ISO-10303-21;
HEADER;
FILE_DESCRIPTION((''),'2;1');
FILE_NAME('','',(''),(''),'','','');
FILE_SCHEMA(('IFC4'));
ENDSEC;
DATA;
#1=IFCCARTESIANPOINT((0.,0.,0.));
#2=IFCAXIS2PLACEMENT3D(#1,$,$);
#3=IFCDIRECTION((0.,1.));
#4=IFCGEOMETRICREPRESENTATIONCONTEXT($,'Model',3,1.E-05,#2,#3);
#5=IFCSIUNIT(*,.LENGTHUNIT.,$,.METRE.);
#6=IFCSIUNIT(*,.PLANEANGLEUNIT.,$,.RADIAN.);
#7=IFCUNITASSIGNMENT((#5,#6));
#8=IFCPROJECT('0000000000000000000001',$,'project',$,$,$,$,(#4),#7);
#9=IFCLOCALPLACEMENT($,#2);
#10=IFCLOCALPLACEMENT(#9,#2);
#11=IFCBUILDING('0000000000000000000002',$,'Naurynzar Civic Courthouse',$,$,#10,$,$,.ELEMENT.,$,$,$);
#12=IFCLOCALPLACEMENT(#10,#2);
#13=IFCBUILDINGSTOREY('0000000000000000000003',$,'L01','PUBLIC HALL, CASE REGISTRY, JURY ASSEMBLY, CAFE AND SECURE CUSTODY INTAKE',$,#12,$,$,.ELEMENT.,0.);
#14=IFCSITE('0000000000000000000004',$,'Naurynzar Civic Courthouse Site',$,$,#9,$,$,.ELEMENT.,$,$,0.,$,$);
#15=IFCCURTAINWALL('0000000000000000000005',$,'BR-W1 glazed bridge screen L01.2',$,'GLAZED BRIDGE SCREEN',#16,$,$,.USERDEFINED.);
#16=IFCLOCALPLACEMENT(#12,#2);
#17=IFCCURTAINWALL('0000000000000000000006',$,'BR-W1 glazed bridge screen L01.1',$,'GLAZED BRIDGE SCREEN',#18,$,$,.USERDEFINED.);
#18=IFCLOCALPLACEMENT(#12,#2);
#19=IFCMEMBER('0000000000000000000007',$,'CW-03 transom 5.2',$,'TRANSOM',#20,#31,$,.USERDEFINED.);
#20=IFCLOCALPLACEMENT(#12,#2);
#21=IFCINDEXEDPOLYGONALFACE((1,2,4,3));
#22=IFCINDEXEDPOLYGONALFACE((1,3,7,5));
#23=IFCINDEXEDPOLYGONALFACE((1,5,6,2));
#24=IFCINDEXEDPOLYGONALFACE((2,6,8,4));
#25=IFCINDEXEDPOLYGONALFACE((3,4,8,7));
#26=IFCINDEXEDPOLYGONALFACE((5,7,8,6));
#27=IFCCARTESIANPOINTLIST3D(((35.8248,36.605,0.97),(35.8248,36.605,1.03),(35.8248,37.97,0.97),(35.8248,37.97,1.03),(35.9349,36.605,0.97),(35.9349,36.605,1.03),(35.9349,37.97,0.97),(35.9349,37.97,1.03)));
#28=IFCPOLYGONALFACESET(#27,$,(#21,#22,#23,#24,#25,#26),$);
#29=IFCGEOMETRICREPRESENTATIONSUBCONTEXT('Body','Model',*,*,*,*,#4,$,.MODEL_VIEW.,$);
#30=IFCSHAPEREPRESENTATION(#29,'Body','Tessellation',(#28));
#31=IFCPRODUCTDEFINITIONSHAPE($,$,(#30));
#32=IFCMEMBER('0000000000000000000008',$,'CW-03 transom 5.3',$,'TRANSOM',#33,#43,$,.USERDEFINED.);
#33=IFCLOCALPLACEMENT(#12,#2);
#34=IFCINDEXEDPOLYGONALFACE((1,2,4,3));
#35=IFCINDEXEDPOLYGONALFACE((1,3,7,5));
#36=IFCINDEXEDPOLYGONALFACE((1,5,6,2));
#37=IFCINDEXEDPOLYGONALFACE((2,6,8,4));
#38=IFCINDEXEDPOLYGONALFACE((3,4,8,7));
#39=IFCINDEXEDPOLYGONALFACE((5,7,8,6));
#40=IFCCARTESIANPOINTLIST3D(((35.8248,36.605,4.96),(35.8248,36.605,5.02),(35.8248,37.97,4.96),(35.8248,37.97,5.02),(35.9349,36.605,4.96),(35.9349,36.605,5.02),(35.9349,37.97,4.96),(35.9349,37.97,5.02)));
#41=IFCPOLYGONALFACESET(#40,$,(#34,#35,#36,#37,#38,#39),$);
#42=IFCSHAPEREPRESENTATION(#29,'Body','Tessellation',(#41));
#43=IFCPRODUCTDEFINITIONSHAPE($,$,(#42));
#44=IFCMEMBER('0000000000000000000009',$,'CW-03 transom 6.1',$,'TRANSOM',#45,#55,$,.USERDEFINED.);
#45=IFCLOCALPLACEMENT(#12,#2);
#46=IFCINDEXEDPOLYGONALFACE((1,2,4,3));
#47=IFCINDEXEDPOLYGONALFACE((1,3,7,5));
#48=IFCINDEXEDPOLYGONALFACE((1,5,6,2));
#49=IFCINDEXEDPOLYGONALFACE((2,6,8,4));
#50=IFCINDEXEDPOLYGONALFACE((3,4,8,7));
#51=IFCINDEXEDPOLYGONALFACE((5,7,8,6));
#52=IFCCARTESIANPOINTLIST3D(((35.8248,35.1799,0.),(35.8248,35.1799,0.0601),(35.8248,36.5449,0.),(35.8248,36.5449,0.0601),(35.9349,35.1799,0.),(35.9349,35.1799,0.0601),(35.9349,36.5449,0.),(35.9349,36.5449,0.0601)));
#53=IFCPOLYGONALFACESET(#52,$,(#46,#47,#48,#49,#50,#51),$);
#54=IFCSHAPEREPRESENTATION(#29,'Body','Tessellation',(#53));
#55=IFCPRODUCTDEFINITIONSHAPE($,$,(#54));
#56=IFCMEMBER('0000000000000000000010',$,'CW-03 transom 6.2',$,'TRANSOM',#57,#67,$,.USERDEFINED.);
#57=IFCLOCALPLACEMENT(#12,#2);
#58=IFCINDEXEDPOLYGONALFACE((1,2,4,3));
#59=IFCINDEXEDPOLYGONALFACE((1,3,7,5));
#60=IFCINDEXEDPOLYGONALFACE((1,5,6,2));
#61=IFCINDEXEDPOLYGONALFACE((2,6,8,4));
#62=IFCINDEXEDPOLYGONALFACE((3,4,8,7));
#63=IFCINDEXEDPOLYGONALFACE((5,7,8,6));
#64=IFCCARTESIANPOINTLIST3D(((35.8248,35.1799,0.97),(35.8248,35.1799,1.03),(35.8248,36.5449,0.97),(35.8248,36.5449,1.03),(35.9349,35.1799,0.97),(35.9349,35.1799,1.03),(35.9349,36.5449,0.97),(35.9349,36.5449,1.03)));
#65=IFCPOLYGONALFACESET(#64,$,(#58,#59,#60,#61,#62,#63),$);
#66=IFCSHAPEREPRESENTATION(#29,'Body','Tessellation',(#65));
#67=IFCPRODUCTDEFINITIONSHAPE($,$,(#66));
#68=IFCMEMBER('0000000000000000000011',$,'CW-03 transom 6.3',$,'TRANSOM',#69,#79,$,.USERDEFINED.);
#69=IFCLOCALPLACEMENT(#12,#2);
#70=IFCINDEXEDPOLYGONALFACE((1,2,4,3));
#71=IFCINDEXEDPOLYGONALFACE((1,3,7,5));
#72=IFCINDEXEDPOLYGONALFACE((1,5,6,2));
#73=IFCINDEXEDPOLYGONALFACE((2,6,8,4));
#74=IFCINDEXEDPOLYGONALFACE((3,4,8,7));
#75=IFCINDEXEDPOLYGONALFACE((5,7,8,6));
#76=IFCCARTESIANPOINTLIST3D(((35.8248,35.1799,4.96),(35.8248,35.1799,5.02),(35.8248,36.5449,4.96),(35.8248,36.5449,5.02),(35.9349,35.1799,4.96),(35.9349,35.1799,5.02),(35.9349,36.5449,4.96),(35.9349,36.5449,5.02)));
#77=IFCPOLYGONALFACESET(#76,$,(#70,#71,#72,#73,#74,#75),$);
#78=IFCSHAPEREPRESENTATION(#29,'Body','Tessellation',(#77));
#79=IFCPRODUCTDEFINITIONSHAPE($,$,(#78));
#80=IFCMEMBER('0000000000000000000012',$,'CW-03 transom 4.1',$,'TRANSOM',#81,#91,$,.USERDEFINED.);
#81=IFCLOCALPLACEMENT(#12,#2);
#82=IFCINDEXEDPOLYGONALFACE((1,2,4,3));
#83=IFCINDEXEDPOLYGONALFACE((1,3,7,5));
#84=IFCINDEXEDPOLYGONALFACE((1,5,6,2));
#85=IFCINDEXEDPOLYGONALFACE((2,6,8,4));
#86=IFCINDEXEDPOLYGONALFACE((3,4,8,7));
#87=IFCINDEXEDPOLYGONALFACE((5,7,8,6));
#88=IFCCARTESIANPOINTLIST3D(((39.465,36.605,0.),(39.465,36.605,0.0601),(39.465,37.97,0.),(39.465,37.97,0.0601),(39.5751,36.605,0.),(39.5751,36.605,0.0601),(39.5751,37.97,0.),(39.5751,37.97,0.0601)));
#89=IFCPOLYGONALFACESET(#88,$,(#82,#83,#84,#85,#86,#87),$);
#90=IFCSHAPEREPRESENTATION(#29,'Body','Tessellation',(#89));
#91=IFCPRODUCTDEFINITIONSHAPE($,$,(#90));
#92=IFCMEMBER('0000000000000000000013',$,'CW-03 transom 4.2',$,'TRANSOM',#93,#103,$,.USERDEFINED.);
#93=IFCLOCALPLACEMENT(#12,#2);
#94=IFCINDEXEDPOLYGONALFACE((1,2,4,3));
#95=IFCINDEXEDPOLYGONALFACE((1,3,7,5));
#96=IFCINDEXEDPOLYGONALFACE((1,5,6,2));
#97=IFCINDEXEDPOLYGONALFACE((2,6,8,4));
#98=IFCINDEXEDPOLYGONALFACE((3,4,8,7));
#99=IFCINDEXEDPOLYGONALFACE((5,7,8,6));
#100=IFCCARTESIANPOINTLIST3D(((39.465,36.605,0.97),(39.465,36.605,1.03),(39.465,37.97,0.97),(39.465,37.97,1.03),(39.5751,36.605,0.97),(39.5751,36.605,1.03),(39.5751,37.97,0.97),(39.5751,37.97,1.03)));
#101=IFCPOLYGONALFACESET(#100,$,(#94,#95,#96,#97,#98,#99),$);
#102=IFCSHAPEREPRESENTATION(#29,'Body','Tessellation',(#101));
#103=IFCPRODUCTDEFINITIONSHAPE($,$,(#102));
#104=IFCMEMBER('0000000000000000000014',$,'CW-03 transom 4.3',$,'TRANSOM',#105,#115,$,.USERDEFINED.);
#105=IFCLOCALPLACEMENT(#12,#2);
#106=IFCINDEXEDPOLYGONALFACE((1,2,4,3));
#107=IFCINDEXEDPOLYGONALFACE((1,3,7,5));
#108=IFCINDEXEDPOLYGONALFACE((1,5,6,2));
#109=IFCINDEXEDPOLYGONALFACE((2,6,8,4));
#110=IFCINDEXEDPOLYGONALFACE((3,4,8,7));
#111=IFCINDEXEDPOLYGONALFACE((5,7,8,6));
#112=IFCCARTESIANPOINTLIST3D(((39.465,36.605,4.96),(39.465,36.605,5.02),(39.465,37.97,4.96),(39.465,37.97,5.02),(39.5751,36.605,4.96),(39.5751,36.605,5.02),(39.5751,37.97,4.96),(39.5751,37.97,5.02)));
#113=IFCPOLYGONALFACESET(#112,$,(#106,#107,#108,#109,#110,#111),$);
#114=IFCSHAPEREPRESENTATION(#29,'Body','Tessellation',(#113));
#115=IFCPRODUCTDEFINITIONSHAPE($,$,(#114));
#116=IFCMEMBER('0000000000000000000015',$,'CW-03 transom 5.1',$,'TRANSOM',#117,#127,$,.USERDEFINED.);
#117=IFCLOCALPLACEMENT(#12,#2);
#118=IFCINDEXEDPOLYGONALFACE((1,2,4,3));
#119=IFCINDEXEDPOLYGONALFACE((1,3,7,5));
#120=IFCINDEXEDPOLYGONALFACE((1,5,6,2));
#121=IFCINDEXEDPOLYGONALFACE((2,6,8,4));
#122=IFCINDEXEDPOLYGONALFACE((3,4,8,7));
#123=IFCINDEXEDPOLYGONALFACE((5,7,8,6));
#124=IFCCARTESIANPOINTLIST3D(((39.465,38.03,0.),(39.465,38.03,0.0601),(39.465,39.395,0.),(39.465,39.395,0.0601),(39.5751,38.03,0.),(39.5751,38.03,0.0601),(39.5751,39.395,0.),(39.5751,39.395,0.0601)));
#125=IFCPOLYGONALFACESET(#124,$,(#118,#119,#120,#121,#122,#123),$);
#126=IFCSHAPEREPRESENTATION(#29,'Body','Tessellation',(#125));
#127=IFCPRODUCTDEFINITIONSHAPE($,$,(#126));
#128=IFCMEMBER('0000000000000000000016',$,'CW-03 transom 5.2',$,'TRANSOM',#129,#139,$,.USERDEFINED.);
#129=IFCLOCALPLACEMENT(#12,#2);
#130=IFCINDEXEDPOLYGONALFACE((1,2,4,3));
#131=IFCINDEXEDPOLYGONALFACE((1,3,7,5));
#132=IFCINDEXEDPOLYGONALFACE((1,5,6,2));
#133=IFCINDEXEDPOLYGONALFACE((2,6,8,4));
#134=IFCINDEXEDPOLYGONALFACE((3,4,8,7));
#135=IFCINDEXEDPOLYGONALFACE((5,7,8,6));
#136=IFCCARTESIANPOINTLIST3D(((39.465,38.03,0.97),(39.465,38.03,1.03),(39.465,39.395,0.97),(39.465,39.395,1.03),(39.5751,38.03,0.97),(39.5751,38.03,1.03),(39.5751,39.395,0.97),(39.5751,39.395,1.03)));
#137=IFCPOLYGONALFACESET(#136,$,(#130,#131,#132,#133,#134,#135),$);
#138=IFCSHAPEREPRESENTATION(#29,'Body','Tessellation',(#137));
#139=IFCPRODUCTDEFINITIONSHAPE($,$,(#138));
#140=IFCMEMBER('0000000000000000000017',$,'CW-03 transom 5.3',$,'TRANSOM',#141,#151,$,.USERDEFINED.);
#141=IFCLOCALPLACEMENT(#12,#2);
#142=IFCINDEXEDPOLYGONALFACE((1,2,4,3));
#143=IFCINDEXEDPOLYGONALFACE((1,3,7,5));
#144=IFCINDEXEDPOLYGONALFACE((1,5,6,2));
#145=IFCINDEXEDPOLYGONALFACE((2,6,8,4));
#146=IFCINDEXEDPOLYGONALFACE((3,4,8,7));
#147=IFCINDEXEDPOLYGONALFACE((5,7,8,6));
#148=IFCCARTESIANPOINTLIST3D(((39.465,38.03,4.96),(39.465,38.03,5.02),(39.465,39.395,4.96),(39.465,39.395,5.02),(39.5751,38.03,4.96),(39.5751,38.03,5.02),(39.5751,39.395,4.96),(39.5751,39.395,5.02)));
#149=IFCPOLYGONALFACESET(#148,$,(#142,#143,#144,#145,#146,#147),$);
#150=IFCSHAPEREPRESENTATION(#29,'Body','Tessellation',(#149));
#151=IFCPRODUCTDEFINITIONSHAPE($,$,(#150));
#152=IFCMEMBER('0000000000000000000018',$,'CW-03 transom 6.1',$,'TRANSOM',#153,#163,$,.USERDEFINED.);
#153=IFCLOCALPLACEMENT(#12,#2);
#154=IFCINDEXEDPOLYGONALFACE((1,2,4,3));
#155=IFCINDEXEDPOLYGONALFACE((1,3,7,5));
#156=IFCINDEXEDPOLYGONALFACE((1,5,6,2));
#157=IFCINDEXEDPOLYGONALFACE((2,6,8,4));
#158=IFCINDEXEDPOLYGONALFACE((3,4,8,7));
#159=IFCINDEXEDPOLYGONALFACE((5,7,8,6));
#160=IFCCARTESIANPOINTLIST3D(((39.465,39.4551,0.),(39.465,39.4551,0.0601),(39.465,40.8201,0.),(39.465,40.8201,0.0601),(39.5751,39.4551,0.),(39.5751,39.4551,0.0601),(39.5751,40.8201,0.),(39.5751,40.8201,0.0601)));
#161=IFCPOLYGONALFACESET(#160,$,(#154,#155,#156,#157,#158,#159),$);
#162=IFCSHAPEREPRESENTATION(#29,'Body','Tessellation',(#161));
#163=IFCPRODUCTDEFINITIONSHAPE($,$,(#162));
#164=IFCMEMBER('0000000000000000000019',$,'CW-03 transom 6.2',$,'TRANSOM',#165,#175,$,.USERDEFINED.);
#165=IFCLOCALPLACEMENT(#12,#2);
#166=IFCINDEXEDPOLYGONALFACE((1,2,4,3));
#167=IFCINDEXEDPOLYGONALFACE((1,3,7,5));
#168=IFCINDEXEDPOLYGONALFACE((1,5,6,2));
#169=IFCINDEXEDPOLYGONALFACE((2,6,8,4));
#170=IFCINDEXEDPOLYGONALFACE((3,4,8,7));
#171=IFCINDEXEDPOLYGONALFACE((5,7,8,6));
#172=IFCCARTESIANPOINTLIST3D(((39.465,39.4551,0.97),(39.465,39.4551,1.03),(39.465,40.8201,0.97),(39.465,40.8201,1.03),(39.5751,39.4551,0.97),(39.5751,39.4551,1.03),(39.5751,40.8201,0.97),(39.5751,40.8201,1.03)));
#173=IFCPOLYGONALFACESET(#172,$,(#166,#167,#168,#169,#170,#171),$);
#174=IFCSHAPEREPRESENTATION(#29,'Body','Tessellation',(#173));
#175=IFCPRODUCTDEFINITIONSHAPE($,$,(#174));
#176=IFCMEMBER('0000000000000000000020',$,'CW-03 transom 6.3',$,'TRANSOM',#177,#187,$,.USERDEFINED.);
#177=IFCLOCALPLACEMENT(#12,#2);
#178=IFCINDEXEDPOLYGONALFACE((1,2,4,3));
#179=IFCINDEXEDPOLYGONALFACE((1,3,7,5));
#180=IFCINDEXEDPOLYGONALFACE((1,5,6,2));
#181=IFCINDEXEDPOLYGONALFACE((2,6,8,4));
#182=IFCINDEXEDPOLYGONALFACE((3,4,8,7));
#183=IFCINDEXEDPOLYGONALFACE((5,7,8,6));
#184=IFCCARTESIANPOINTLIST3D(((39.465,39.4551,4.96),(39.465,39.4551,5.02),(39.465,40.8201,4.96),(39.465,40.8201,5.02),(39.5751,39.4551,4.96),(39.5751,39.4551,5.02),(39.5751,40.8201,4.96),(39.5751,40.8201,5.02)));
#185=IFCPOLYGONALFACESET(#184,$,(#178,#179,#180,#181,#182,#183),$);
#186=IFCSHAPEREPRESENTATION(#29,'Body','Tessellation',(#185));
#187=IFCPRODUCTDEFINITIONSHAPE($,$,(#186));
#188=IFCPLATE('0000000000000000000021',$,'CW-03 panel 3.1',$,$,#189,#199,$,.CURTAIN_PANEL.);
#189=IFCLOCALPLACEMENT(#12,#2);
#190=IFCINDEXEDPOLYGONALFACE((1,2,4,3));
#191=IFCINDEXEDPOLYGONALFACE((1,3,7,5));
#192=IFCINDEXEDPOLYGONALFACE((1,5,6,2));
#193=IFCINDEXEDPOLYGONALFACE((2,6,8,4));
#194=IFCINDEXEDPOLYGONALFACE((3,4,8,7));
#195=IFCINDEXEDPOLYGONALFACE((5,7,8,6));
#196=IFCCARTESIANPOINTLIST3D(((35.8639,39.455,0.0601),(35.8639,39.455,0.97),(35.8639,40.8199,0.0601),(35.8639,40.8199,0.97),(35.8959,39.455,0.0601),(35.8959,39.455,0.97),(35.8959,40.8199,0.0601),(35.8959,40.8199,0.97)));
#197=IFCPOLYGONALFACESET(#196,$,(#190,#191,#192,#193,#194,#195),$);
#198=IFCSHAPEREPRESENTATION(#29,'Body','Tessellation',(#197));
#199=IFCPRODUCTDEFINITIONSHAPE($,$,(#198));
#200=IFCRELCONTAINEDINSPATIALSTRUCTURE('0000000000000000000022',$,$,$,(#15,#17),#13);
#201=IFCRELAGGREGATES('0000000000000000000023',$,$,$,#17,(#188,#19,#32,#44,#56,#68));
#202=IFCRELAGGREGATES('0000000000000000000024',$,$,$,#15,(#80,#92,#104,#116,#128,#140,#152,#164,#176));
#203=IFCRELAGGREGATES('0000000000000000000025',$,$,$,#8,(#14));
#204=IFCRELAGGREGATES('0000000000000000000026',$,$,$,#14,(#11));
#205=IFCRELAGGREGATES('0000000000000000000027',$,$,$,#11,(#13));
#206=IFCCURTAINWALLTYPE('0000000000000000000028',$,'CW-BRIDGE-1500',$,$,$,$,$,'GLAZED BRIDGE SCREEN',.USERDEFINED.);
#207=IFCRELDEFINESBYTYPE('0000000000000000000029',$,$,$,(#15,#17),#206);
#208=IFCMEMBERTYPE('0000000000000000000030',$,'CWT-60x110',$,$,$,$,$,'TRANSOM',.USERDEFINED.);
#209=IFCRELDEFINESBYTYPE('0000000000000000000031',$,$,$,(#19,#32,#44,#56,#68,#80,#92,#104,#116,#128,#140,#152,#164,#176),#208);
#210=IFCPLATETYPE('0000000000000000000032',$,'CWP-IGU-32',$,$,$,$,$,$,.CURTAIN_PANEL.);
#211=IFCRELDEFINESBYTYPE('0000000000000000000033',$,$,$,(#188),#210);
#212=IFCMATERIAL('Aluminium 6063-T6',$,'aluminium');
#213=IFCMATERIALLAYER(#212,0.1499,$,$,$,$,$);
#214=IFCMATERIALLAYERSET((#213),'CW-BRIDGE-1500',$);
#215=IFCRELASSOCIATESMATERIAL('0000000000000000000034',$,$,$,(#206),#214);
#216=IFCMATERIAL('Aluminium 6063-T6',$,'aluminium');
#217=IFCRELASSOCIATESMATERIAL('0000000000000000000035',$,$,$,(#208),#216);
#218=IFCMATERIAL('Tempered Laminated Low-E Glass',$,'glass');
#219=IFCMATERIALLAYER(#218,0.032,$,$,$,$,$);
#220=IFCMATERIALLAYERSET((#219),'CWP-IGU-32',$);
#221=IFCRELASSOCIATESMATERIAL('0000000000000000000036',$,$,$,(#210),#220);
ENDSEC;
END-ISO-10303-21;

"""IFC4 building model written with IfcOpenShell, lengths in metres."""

from ifc_helpers import new_model, si_unit, direction, frame, origin, origin_2d, place, context, subcontext, project, spatial, rectangle, extrude, material, layer, layer_set, material_profile, profile_set, type_object, element, aggregate, save


model = new_model("IFC4")

# Units and contexts
model_context = context("Model", 3, precision=1e-05, world=origin(), true_north=direction((0.0, 1.0)))
body_context = subcontext(model_context, "Body", "Model", "MODEL_VIEW")
ifc_project = project(units=[si_unit("LENGTHUNIT", "METRE"), si_unit("PLANEANGLEUNIT", "RADIAN")], contexts=[model_context])

# Site, building, storey
site_placement = place(None, origin())
site = spatial("IfcSite", under=ifc_project, at=site_placement, Name="Naurynzar Civic Courthouse Site", CompositionType="ELEMENT", RefElevation=0.0)
building_placement = place(site_placement, origin())
building = spatial("IfcBuilding", under=site, at=building_placement, Name="Naurynzar Civic Courthouse", CompositionType="ELEMENT")
storey_placement = place(building_placement, origin())
storey = spatial("IfcBuildingStorey", under=building, at=storey_placement, Name="L01", Description="PUBLIC HALL, CASE REGISTRY, JURY ASSEMBLY, CAFE AND SECURE CUSTODY INTAKE", CompositionType="ELEMENT", Elevation=0.0)

# Curtain walls, members
ifc_material_1 = material(Name="Aluminium 6063-T6", Category="aluminium")
ifc_layer_1 = layer(ifc_material_1, 0.1499)
ifc_layer_set_1 = layer_set([ifc_layer_1], Name="CW-BRIDGE-1500")
curtain_wall_type = type_object("IfcCurtainWallType", Name="CW-BRIDGE-1500", ElementType="GLAZED BRIDGE SCREEN", PredefinedType="USERDEFINED", material=ifc_layer_set_1)
curtain_wall_1_placement = place(storey_placement, origin())
curtain_wall_1 = element("IfcCurtainWall", 1, at=curtain_wall_1_placement, inside=storey, type_object=curtain_wall_type, Name="BR-W1 glazed bridge screen L01.2", ObjectType="GLAZED BRIDGE SCREEN", PredefinedType="USERDEFINED")
curtain_wall_2_placement = place(storey_placement, origin())
curtain_wall_2 = element("IfcCurtainWall", 2, at=curtain_wall_2_placement, inside=storey, type_object=curtain_wall_type, Name="BR-W1 glazed bridge screen L01.1", ObjectType="GLAZED BRIDGE SCREEN", PredefinedType="USERDEFINED")
ifc_material_2 = material(Name="Aluminium 6063-T6", Category="aluminium")
ifc_material_profile_1 = material_profile(ifc_material_2, rectangle(XDim=0.1101, YDim=0.0601, at=origin_2d()), Name="ALU TRANSOM 60x110")
ifc_profile_set_1 = profile_set([ifc_material_profile_1], Name="Aluminium 6063-T6")
member_type_1 = type_object("IfcMemberType", Name="CWT-60x110", ElementType="TRANSOM", PredefinedType="USERDEFINED", material=ifc_profile_set_1)
member_1_placement = place(storey_placement, frame((35.8799, 37.97, 1.0), z_axis=(0.0, -1.0, 0.0), x_axis=(1.0, 0.0, 0.0)))
member_1 = element("IfcMember", 3, at=member_1_placement, type_object=member_type_1, Name="CW-03 transom 5.2", ObjectType="TRANSOM", PredefinedType="USERDEFINED", context=body_context, shape_type="SweptSolid", body=[
    extrude(rectangle(XDim=0.1101, YDim=0.0601, at=origin_2d()), origin(), (0.0, 0.0, 1.0), 1.365),
])
member_2_placement = place(storey_placement, frame((35.8799, 37.97, 4.99), z_axis=(0.0, -1.0, 0.0), x_axis=(1.0, 0.0, 0.0)))
member_2 = element("IfcMember", 4, at=member_2_placement, type_object=member_type_1, Name="CW-03 transom 5.3", ObjectType="TRANSOM", PredefinedType="USERDEFINED", context=body_context, shape_type="SweptSolid", body=[
    extrude(rectangle(XDim=0.1101, YDim=0.0601, at=origin_2d()), origin(), (0.0, 0.0, 1.0), 1.365),
])
member_3_placement = place(storey_placement, frame((35.8799, 36.5449, 0.03), z_axis=(0.0, -1.0, 0.0), x_axis=(1.0, 0.0, 0.0)))
member_3 = element("IfcMember", 5, at=member_3_placement, type_object=member_type_1, Name="CW-03 transom 6.1", ObjectType="TRANSOM", PredefinedType="USERDEFINED", context=body_context, shape_type="SweptSolid", body=[
    extrude(rectangle(XDim=0.1101, YDim=0.0601, at=origin_2d()), origin(), (0.0, 0.0, 1.0), 1.365),
])
member_4_placement = place(storey_placement, frame((35.8799, 36.5449, 1.0), z_axis=(0.0, -1.0, 0.0), x_axis=(1.0, 0.0, 0.0)))
member_4 = element("IfcMember", 6, at=member_4_placement, type_object=member_type_1, Name="CW-03 transom 6.2", ObjectType="TRANSOM", PredefinedType="USERDEFINED", context=body_context, shape_type="SweptSolid", body=[
    extrude(rectangle(XDim=0.1101, YDim=0.0601, at=origin_2d()), origin(), (0.0, 0.0, 1.0), 1.365),
])
member_5_placement = place(storey_placement, frame((35.8799, 36.5449, 4.99), z_axis=(0.0, -1.0, 0.0), x_axis=(1.0, 0.0, 0.0)))
member_5 = element("IfcMember", 7, at=member_5_placement, type_object=member_type_1, Name="CW-03 transom 6.3", ObjectType="TRANSOM", PredefinedType="USERDEFINED", context=body_context, shape_type="SweptSolid", body=[
    extrude(rectangle(XDim=0.1101, YDim=0.0601, at=origin_2d()), origin(), (0.0, 0.0, 1.0), 1.365),
])

# Members
member_6_placement = place(storey_placement, frame((39.52, 36.605, 0.03), z_axis=(0.0, 1.0, 0.0), x_axis=(-1.0, 0.0, 0.0)))
member_6 = element("IfcMember", 8, at=member_6_placement, type_object=member_type_1, Name="CW-03 transom 4.1", ObjectType="TRANSOM", PredefinedType="USERDEFINED", context=body_context, shape_type="SweptSolid", body=[
    extrude(rectangle(XDim=0.1101, YDim=0.0601, at=origin_2d()), origin(), (0.0, 0.0, 1.0), 1.365),
])
member_7_placement = place(storey_placement, frame((39.52, 36.605, 1.0), z_axis=(0.0, 1.0, 0.0), x_axis=(-1.0, 0.0, 0.0)))
member_7 = element("IfcMember", 9, at=member_7_placement, type_object=member_type_1, Name="CW-03 transom 4.2", ObjectType="TRANSOM", PredefinedType="USERDEFINED", context=body_context, shape_type="SweptSolid", body=[
    extrude(rectangle(XDim=0.1101, YDim=0.0601, at=origin_2d()), origin(), (0.0, 0.0, 1.0), 1.365),
])
member_8_placement = place(storey_placement, frame((39.52, 36.605, 4.99), z_axis=(0.0, 1.0, 0.0), x_axis=(-1.0, 0.0, 0.0)))
member_8 = element("IfcMember", 10, at=member_8_placement, type_object=member_type_1, Name="CW-03 transom 4.3", ObjectType="TRANSOM", PredefinedType="USERDEFINED", context=body_context, shape_type="SweptSolid", body=[
    extrude(rectangle(XDim=0.1101, YDim=0.0601, at=origin_2d()), origin(), (0.0, 0.0, 1.0), 1.365),
])
member_9_placement = place(storey_placement, frame((39.52, 38.03, 0.03), z_axis=(0.0, 1.0, 0.0), x_axis=(-1.0, 0.0, 0.0)))
member_9 = element("IfcMember", 11, at=member_9_placement, type_object=member_type_1, Name="CW-03 transom 5.1", ObjectType="TRANSOM", PredefinedType="USERDEFINED", context=body_context, shape_type="SweptSolid", body=[
    extrude(rectangle(XDim=0.1101, YDim=0.0601, at=origin_2d()), origin(), (0.0, 0.0, 1.0), 1.365),
])
member_10_placement = place(storey_placement, frame((39.52, 38.03, 1.0), z_axis=(0.0, 1.0, 0.0), x_axis=(-1.0, 0.0, 0.0)))
member_10 = element("IfcMember", 12, at=member_10_placement, type_object=member_type_1, Name="CW-03 transom 5.2", ObjectType="TRANSOM", PredefinedType="USERDEFINED", context=body_context, shape_type="SweptSolid", body=[
    extrude(rectangle(XDim=0.1101, YDim=0.0601, at=origin_2d()), origin(), (0.0, 0.0, 1.0), 1.365),
])
member_11_placement = place(storey_placement, frame((39.52, 38.03, 4.99), z_axis=(0.0, 1.0, 0.0), x_axis=(-1.0, 0.0, 0.0)))
member_11 = element("IfcMember", 13, at=member_11_placement, type_object=member_type_1, Name="CW-03 transom 5.3", ObjectType="TRANSOM", PredefinedType="USERDEFINED", context=body_context, shape_type="SweptSolid", body=[
    extrude(rectangle(XDim=0.1101, YDim=0.0601, at=origin_2d()), origin(), (0.0, 0.0, 1.0), 1.365),
])
member_12_placement = place(storey_placement, frame((39.52, 39.4551, 0.03), z_axis=(0.0, 1.0, 0.0), x_axis=(-1.0, 0.0, 0.0)))
member_12 = element("IfcMember", 14, at=member_12_placement, type_object=member_type_1, Name="CW-03 transom 6.1", ObjectType="TRANSOM", PredefinedType="USERDEFINED", context=body_context, shape_type="SweptSolid", body=[
    extrude(rectangle(XDim=0.1101, YDim=0.0601, at=origin_2d()), origin(), (0.0, 0.0, 1.0), 1.365),
])
member_13_placement = place(storey_placement, frame((39.52, 39.4551, 1.0), z_axis=(0.0, 1.0, 0.0), x_axis=(-1.0, 0.0, 0.0)))
member_13 = element("IfcMember", 15, at=member_13_placement, type_object=member_type_1, Name="CW-03 transom 6.2", ObjectType="TRANSOM", PredefinedType="USERDEFINED", context=body_context, shape_type="SweptSolid", body=[
    extrude(rectangle(XDim=0.1101, YDim=0.0601, at=origin_2d()), origin(), (0.0, 0.0, 1.0), 1.365),
])
member_14_placement = place(storey_placement, frame((39.52, 39.4551, 4.99), z_axis=(0.0, 1.0, 0.0), x_axis=(-1.0, 0.0, 0.0)))
member_14 = element("IfcMember", 16, at=member_14_placement, type_object=member_type_1, Name="CW-03 transom 6.3", ObjectType="TRANSOM", PredefinedType="USERDEFINED", context=body_context, shape_type="SweptSolid", body=[
    extrude(rectangle(XDim=0.1101, YDim=0.0601, at=origin_2d()), origin(), (0.0, 0.0, 1.0), 1.365),
])

# Plate
ifc_material_3 = material(Name="Tempered Laminated Low-E Glass", Category="glass")
ifc_layer_2 = layer(ifc_material_3, 0.032)
ifc_layer_set_2 = layer_set([ifc_layer_2], Name="CWP-IGU-32")
plate_type = type_object("IfcPlateType", Name="CWP-IGU-32", PredefinedType="CURTAIN_PANEL", material=ifc_layer_set_2)
plate_1_placement = place(storey_placement, frame((35.8799, 40.1375, 0.0601), z_axis=(0.0, 0.0, 1.0), x_axis=(0.0, -1.0, 0.0)))
plate_1 = element("IfcPlate", 17, at=plate_1_placement, type_object=plate_type, Name="CW-03 panel 3.1", PredefinedType="CURTAIN_PANEL", context=body_context, shape_type="SweptSolid", body=[
    extrude(rectangle(XDim=1.365, YDim=0.032, at=origin_2d()), origin(), (0.0, 0.0, 1.0), 0.9099),
])
aggregate(curtain_wall_2, [plate_1, member_1, member_2, member_3, member_4, member_5])
aggregate(curtain_wall_1, [member_6, member_7, member_8, member_9, member_10, member_11, member_12, member_13, member_14])

save(model, "model.ifc")
